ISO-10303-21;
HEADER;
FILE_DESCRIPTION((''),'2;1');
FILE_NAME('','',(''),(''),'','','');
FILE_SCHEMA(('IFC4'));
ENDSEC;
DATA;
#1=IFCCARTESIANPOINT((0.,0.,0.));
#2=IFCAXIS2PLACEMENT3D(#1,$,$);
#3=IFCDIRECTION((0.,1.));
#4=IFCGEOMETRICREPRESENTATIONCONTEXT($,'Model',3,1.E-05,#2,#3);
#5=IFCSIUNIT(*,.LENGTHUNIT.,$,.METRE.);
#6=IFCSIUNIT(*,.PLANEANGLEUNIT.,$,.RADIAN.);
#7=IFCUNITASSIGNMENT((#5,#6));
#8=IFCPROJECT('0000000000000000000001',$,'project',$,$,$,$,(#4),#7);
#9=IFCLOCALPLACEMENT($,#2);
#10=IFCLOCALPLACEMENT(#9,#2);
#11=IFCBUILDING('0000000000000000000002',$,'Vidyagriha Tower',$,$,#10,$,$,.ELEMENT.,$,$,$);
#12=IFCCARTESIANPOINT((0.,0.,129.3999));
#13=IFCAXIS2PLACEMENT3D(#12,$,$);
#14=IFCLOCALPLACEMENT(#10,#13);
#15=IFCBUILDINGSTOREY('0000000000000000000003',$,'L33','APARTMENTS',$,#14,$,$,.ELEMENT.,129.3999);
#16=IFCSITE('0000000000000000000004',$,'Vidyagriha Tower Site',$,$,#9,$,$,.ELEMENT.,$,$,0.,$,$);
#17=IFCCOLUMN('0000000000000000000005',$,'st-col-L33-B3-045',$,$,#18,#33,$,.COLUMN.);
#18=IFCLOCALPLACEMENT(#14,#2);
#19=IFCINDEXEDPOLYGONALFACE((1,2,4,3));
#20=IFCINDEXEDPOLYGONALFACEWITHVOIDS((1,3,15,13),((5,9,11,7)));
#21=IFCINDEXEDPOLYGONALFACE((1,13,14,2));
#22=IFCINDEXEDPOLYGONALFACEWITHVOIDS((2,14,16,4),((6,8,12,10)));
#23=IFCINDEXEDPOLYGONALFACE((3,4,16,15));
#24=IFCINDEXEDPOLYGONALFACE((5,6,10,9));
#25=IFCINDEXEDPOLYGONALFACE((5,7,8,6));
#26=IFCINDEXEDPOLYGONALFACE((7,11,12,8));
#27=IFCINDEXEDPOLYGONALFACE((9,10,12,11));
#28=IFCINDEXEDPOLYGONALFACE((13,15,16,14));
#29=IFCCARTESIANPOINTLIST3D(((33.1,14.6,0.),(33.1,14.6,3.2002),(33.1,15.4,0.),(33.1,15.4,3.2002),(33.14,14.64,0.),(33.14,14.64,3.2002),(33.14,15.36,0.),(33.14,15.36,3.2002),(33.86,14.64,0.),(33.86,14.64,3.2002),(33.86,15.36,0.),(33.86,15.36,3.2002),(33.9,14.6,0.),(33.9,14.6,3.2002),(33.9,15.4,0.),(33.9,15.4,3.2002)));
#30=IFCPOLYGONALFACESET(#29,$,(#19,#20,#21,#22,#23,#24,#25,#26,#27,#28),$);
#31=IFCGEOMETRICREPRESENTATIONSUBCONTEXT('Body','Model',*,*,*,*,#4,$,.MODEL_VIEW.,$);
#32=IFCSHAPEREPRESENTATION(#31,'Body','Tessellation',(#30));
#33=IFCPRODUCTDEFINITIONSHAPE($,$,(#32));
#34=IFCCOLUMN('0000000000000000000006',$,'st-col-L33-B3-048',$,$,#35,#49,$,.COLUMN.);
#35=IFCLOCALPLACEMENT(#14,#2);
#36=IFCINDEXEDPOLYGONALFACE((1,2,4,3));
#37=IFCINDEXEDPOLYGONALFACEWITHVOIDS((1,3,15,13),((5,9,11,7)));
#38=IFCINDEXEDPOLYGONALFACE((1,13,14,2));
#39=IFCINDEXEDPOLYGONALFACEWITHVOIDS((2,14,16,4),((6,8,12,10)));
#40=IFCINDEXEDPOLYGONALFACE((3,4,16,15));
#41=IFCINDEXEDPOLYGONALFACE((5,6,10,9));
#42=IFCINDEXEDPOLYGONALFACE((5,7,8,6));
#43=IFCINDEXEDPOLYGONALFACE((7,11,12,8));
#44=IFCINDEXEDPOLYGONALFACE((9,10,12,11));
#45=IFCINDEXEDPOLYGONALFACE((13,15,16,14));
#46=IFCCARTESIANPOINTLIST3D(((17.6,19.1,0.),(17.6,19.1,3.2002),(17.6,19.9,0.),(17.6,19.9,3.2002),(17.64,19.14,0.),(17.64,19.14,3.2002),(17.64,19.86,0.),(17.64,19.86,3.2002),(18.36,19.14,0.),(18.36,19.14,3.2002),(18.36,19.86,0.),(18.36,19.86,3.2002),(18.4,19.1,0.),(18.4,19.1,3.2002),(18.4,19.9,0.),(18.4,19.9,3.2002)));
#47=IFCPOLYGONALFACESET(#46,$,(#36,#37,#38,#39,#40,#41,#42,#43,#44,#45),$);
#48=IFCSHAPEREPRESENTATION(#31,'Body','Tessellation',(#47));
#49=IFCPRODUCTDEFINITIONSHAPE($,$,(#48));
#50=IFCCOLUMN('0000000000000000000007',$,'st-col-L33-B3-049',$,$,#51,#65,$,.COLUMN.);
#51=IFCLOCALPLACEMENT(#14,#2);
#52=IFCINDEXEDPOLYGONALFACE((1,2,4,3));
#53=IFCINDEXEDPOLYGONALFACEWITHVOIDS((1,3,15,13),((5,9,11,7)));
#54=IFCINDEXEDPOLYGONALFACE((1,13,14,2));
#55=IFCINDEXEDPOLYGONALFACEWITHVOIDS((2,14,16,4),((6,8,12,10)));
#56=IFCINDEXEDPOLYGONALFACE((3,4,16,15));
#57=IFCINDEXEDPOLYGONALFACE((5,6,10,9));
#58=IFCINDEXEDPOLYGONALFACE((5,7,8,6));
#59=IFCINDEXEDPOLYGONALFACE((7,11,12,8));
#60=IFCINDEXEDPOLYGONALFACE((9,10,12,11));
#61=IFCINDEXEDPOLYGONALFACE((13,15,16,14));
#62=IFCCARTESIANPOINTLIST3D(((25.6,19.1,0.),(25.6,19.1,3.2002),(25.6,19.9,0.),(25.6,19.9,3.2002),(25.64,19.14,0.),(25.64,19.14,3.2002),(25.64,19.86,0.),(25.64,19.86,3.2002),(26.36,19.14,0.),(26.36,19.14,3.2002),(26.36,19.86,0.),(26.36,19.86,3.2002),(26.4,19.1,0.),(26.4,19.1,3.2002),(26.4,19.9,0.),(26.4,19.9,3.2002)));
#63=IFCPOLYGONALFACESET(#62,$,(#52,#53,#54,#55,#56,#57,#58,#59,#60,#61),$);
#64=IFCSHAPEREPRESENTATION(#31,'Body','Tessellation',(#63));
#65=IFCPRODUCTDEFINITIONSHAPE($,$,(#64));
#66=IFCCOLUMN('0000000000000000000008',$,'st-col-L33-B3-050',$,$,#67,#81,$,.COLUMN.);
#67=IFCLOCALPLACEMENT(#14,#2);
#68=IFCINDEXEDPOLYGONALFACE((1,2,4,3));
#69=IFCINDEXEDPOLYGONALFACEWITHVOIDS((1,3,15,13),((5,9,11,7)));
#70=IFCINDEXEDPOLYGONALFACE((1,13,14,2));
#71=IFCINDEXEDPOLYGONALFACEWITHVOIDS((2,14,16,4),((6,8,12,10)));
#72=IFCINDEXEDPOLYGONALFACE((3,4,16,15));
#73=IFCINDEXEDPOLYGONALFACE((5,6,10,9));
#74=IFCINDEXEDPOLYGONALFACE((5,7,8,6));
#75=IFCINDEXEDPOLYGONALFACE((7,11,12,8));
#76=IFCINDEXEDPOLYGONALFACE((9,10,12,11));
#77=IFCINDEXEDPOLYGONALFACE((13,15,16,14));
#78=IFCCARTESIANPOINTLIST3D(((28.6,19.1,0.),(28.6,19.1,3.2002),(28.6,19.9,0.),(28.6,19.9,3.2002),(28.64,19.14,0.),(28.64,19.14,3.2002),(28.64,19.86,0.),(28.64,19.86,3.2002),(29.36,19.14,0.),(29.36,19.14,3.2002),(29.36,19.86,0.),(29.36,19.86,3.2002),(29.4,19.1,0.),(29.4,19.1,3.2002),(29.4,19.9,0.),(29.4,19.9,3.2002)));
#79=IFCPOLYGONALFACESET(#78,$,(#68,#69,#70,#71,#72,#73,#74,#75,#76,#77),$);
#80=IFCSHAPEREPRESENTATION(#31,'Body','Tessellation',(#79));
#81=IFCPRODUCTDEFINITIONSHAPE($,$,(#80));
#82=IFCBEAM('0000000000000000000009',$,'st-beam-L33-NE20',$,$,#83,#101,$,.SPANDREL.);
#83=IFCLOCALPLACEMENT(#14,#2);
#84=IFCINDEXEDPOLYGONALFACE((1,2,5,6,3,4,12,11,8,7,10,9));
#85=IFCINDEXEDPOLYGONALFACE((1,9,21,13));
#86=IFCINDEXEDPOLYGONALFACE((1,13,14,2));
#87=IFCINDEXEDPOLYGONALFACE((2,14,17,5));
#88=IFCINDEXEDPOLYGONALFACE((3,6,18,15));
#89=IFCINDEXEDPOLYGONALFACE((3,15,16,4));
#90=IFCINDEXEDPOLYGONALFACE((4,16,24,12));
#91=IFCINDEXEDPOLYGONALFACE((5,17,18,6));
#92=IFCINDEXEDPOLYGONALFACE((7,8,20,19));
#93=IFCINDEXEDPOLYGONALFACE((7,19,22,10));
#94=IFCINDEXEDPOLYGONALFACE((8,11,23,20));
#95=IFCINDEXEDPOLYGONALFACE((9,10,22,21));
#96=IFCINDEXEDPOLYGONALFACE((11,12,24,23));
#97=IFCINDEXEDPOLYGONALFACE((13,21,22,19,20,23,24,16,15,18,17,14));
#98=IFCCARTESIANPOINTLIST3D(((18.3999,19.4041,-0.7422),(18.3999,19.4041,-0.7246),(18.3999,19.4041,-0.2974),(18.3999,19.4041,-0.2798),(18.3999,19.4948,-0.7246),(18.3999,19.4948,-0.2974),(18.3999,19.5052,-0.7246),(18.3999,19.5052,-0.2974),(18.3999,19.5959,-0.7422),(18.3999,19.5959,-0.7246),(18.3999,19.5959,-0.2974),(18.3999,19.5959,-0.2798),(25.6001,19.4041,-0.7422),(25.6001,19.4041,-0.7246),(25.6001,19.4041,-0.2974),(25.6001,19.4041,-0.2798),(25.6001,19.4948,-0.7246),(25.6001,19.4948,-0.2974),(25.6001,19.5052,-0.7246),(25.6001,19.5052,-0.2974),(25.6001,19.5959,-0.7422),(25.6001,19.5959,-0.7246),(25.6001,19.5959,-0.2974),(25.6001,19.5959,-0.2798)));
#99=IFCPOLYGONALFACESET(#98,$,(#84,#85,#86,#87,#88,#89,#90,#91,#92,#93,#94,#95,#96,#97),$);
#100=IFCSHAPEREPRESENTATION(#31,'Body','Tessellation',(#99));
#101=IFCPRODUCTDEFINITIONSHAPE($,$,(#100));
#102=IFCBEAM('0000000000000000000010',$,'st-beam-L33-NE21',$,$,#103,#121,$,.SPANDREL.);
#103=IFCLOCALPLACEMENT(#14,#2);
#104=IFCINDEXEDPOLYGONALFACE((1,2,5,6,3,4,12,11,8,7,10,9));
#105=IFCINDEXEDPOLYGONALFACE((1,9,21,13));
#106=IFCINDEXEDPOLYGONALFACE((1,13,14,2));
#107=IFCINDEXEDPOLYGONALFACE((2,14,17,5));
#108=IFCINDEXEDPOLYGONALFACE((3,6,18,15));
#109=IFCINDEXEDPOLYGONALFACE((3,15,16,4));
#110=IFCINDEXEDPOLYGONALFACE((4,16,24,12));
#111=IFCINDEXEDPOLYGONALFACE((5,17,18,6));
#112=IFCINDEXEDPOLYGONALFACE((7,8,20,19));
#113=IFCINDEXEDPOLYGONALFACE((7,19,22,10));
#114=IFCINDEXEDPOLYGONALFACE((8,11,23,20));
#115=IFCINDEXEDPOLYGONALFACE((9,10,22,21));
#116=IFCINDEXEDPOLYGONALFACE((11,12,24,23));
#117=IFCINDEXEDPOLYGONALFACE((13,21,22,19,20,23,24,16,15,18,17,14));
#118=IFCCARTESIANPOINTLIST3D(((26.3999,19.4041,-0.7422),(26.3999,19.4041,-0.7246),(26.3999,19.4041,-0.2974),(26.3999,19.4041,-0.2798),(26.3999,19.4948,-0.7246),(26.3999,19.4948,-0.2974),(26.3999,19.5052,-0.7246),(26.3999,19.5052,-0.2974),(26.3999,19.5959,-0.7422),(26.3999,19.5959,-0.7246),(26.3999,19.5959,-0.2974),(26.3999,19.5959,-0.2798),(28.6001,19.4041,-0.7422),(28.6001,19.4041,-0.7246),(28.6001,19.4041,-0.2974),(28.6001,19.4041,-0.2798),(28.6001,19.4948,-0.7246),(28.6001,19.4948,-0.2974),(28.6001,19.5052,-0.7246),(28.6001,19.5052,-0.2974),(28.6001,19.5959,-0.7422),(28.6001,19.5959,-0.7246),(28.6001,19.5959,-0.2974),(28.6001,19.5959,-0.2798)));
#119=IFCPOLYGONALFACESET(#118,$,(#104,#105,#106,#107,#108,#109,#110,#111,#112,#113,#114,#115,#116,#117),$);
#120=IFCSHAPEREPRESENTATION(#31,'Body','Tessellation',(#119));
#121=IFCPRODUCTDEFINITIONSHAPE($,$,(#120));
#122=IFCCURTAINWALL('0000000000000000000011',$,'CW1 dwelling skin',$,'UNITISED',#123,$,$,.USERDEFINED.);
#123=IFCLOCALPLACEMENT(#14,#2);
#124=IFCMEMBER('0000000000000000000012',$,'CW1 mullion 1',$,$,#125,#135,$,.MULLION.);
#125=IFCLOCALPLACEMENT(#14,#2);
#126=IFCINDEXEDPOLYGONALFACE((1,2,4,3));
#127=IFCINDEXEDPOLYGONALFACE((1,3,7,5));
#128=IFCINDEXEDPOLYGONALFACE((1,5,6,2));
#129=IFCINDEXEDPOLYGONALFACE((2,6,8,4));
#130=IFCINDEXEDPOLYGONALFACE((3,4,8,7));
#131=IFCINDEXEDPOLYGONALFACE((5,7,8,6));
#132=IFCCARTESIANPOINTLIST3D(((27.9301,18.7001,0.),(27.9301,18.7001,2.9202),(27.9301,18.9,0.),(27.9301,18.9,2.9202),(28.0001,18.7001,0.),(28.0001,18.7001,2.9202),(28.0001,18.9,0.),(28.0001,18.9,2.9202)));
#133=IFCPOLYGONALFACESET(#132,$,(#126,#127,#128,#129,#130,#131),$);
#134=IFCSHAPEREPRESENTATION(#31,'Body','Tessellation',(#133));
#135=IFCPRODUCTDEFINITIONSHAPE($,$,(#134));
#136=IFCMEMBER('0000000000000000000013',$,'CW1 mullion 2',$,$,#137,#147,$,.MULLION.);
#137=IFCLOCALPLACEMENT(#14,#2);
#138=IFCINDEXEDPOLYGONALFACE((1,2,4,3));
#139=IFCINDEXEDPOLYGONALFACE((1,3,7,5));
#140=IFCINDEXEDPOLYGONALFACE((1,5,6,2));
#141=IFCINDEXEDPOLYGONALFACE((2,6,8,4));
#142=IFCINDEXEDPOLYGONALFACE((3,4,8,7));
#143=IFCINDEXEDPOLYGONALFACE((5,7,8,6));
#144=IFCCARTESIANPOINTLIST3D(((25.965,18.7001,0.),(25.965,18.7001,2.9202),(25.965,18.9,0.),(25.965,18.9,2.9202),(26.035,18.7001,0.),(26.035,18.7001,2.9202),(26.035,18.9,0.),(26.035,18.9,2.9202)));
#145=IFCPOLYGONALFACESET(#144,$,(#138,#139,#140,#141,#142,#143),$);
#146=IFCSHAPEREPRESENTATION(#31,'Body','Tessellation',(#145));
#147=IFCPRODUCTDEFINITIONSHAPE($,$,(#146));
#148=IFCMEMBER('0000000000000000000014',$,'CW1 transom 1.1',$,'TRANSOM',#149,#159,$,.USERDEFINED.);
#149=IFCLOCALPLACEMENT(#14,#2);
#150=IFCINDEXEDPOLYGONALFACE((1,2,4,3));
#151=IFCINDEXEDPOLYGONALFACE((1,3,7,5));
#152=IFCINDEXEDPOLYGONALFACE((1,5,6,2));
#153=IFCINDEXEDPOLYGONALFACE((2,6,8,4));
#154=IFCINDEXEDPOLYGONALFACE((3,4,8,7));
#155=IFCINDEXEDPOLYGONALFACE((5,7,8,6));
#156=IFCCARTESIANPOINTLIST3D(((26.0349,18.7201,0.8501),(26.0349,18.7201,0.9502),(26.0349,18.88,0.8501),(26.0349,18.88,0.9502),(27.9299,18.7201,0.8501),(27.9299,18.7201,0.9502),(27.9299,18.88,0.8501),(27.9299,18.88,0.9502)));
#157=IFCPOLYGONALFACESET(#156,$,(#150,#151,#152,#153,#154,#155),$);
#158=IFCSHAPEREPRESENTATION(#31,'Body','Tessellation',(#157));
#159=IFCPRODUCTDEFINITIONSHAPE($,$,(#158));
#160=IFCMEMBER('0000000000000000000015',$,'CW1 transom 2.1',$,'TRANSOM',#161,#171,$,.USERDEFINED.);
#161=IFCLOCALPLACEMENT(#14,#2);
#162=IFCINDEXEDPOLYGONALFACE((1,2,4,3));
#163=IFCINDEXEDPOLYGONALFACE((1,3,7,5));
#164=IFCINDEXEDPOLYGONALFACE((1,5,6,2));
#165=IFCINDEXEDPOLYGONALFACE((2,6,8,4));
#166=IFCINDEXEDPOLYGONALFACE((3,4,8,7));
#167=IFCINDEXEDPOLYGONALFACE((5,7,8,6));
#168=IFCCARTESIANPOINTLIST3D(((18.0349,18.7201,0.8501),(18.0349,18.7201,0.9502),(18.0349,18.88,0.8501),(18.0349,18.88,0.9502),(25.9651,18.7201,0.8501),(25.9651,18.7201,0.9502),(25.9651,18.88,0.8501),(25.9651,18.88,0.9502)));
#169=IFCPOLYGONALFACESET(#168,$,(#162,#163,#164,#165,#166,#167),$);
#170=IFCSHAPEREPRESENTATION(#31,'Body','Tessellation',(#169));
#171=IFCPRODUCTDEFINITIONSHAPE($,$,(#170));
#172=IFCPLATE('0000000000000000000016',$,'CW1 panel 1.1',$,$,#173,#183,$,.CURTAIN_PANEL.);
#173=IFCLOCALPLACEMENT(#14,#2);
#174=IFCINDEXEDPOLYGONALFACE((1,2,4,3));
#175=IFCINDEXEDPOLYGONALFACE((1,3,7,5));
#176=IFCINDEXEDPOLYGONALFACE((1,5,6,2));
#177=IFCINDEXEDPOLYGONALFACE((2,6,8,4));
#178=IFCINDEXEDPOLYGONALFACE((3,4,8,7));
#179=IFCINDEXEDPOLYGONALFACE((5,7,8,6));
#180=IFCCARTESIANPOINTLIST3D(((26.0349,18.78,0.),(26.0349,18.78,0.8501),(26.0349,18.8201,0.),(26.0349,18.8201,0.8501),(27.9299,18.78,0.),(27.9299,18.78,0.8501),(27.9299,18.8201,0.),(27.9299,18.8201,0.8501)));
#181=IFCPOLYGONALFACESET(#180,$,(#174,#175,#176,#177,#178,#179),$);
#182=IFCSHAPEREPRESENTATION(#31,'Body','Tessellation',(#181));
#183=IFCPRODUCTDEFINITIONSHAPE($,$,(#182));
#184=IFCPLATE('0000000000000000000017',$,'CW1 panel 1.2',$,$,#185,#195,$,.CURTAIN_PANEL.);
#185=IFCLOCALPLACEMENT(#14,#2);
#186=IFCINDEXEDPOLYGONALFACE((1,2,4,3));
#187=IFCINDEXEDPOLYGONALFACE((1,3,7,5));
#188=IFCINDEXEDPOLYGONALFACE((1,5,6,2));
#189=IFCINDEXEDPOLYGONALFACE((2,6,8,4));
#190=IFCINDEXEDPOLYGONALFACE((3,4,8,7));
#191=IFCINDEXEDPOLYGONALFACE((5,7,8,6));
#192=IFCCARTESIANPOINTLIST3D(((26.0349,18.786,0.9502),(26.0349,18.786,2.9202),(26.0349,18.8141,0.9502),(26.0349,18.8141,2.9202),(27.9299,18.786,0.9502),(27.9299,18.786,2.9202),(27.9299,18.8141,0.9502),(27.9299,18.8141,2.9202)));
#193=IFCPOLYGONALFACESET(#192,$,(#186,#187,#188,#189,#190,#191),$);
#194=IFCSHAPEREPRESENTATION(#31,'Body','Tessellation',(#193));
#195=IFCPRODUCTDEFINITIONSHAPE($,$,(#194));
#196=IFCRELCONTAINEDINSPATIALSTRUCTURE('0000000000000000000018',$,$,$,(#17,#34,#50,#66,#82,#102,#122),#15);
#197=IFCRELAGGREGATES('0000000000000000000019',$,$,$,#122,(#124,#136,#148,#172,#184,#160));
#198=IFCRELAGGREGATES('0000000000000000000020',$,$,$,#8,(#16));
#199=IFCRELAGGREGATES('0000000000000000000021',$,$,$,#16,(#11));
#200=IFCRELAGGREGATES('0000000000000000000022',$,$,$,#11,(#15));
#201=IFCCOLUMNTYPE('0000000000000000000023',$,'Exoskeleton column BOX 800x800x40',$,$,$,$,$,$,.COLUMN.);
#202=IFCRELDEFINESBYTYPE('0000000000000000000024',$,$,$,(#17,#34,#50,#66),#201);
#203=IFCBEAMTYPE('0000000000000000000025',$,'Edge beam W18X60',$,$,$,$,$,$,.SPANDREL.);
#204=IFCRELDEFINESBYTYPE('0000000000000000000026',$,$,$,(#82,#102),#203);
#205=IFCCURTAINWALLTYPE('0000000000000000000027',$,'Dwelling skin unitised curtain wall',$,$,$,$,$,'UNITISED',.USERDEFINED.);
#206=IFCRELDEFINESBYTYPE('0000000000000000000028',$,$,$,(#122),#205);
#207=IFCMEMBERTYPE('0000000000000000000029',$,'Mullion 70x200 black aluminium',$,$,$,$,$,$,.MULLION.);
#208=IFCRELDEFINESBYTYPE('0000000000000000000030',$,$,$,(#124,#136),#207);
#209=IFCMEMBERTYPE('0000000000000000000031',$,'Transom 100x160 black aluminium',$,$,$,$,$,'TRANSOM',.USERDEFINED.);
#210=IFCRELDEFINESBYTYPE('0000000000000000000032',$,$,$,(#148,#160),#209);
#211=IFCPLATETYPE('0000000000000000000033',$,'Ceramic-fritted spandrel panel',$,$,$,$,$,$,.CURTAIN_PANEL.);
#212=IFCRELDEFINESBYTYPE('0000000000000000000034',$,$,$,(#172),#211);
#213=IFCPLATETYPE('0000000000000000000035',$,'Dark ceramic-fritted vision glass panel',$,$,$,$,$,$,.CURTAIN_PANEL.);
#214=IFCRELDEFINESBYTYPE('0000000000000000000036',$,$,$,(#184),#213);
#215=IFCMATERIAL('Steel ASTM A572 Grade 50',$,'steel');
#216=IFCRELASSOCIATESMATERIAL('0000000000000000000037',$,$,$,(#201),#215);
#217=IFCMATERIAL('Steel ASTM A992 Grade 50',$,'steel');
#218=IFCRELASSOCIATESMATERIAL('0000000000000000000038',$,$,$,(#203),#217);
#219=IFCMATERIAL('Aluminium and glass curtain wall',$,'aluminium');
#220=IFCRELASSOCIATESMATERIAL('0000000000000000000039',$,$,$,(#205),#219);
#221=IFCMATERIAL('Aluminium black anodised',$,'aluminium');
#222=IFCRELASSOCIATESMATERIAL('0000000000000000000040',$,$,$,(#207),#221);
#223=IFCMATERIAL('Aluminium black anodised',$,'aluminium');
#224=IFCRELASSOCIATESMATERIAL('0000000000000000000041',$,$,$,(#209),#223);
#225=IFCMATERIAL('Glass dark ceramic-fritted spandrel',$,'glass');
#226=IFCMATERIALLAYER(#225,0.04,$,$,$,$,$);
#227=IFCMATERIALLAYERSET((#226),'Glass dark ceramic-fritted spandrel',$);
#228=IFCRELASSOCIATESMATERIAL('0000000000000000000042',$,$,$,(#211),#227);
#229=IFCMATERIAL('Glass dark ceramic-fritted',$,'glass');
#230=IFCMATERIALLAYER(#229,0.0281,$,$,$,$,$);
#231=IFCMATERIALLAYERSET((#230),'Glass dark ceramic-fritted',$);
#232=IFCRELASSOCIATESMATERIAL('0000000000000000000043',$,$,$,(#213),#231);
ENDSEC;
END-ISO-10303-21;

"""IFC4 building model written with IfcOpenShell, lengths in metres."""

from ifc_helpers import new_model, si_unit, direction, frame, origin, origin_2d, place, context, subcontext, project, spatial, rectangle, hollow_rectangle, i_section, extrude, material, layer, layer_set, material_profile, profile_set, type_object, element, aggregate, save


model = new_model("IFC4")

# Units and contexts
model_context = context("Model", 3, precision=1e-05, world=origin(), true_north=direction((0.0, 1.0)))
body_context = subcontext(model_context, "Body", "Model", "MODEL_VIEW")
ifc_project = project(units=[si_unit("LENGTHUNIT", "METRE"), si_unit("PLANEANGLEUNIT", "RADIAN")], contexts=[model_context])

# Site, building, storey
site_placement = place(None, origin())
site = spatial("IfcSite", under=ifc_project, at=site_placement, Name="Vidyagriha Tower Site", CompositionType="ELEMENT", RefElevation=0.0)
building_placement = place(site_placement, origin())
building = spatial("IfcBuilding", under=site, at=building_placement, Name="Vidyagriha Tower", CompositionType="ELEMENT")
storey_placement = place(building_placement, frame((0.0, 0.0, 129.3999)))
storey = spatial("IfcBuildingStorey", under=building, at=storey_placement, Name="L33", Description="APARTMENTS", CompositionType="ELEMENT", Elevation=129.3999)

# Columns
ifc_material_1 = material(Name="Steel ASTM A572 Grade 50", Category="steel")
ifc_material_profile_1 = material_profile(ifc_material_1, hollow_rectangle(XDim=0.8, YDim=0.8, WallThickness=0.04, at=origin_2d()), Name="BOX 800x800x40")
ifc_profile_set_1 = profile_set([ifc_material_profile_1], Name="Steel ASTM A572 Grade 50")
column_type = type_object("IfcColumnType", Name="Exoskeleton column BOX 800x800x40", PredefinedType="COLUMN", material=ifc_profile_set_1)
for number, where, name in (
    (1, (33.5, 15.0, 0.0), "st-col-L33-B3-045"),
    (2, (18.0, 19.5, 0.0), "st-col-L33-B3-048"),
    (3, (26.0, 19.5, 0.0), "st-col-L33-B3-049"),
    (4, (29.0, 19.5, 0.0), "st-col-L33-B3-050"),
):
    element("IfcColumn", number, at=place(storey_placement, frame(where)), inside=storey, type_object=column_type, Name=name, PredefinedType="COLUMN", context=body_context, shape_type="SweptSolid", body=[
        extrude(hollow_rectangle(XDim=0.8, YDim=0.8, WallThickness=0.04, at=origin_2d()), origin(), (0.0, 0.0, 1.0), 3.2002),
    ])

# Beams
ifc_material_2 = material(Name="Steel ASTM A992 Grade 50", Category="steel")
ifc_material_profile_2 = material_profile(ifc_material_2, i_section(OverallWidth=0.1919, OverallDepth=0.4624, WebThickness=0.0105, FlangeThickness=0.0176, at=origin_2d()), Name="W18X60")
ifc_profile_set_2 = profile_set([ifc_material_profile_2], Name="Steel ASTM A992 Grade 50")
beam_type = type_object("IfcBeamType", Name="Edge beam W18X60", PredefinedType="SPANDREL", material=ifc_profile_set_2)
beam_1_placement = place(storey_placement, frame((18.3999, 19.5, -0.511), z_axis=(1.0, 0.0, 0.0), x_axis=(0.0, 1.0, 0.0)))
element("IfcBeam", 5, at=beam_1_placement, inside=storey, type_object=beam_type, Name="st-beam-L33-NE20", PredefinedType="SPANDREL", context=body_context, shape_type="SweptSolid", body=[
    extrude(i_section(OverallWidth=0.1919, OverallDepth=0.4624, WebThickness=0.0105, FlangeThickness=0.0176, at=origin_2d()), origin(), (0.0, 0.0, 1.0), 7.2002),
])
beam_2_placement = place(storey_placement, frame((26.3999, 19.5, -0.511), z_axis=(1.0, 0.0, 0.0), x_axis=(0.0, 1.0, 0.0)))
element("IfcBeam", 6, at=beam_2_placement, inside=storey, type_object=beam_type, Name="st-beam-L33-NE21", PredefinedType="SPANDREL", context=body_context, shape_type="SweptSolid", body=[
    extrude(i_section(OverallWidth=0.1919, OverallDepth=0.4624, WebThickness=0.0105, FlangeThickness=0.0176, at=origin_2d()), origin(), (0.0, 0.0, 1.0), 2.2002),
])

# Curtain wall, members, plates
ifc_material_3 = material(Name="Aluminium and glass curtain wall", Category="aluminium")
curtain_wall_type = type_object("IfcCurtainWallType", Name="Dwelling skin unitised curtain wall", ElementType="UNITISED", PredefinedType="USERDEFINED", material=ifc_material_3)
curtain_wall_placement = place(storey_placement, origin())
curtain_wall = element("IfcCurtainWall", 7, at=curtain_wall_placement, inside=storey, type_object=curtain_wall_type, Name="CW1 dwelling skin", ObjectType="UNITISED", PredefinedType="USERDEFINED")
ifc_material_4 = material(Name="Aluminium black anodised", Category="aluminium")
ifc_material_profile_3 = material_profile(ifc_material_4, rectangle(XDim=0.2, YDim=0.0701, at=origin_2d()), Name="Mullion 70x200 black aluminium")
ifc_profile_set_3 = profile_set([ifc_material_profile_3], Name="Aluminium black anodised")
member_type_1 = type_object("IfcMemberType", Name="Mullion 70x200 black aluminium", PredefinedType="MULLION", material=ifc_profile_set_3)
member_1_placement = place(storey_placement, frame((27.9651, 18.8, 0.0), z_axis=(0.0, 0.0, 1.0), x_axis=(0.0, -1.0, 0.0)))
member_1 = element("IfcMember", 8, at=member_1_placement, type_object=member_type_1, Name="CW1 mullion 1", PredefinedType="MULLION", context=body_context, shape_type="SweptSolid", body=[
    extrude(rectangle(XDim=0.2, YDim=0.0701, at=origin_2d()), origin(), (0.0, 0.0, 1.0), 2.9202),
])
member_2_placement = place(storey_placement, frame((26.0, 18.8, 0.0), z_axis=(0.0, 0.0, 1.0), x_axis=(0.0, -1.0, 0.0)))
member_2 = element("IfcMember", 9, at=member_2_placement, type_object=member_type_1, Name="CW1 mullion 2", PredefinedType="MULLION", context=body_context, shape_type="SweptSolid", body=[
    extrude(rectangle(XDim=0.2, YDim=0.0701, at=origin_2d()), origin(), (0.0, 0.0, 1.0), 2.9202),
])
ifc_material_5 = material(Name="Aluminium black anodised", Category="aluminium")
ifc_material_profile_4 = material_profile(ifc_material_5, rectangle(XDim=0.1599, YDim=0.1001, at=origin_2d()), Name="Transom 100x160 black aluminium")
ifc_profile_set_4 = profile_set([ifc_material_profile_4], Name="Aluminium black anodised")
member_type_2 = type_object("IfcMemberType", Name="Transom 100x160 black aluminium", ElementType="TRANSOM", PredefinedType="USERDEFINED", material=ifc_profile_set_4)
member_3_placement = place(storey_placement, frame((27.9299, 18.8, 0.9001), z_axis=(-1.0, 0.0, 0.0), x_axis=(0.0, -1.0, 0.0)))
member_3 = element("IfcMember", 10, at=member_3_placement, type_object=member_type_2, Name="CW1 transom 1.1", ObjectType="TRANSOM", PredefinedType="USERDEFINED", context=body_context, shape_type="SweptSolid", body=[
    extrude(rectangle(XDim=0.1599, YDim=0.1001, at=origin_2d()), origin(), (0.0, 0.0, 1.0), 1.895),
])
member_4_placement = place(storey_placement, frame((25.9651, 18.8, 0.9001), z_axis=(-1.0, 0.0, 0.0), x_axis=(0.0, -1.0, 0.0)))
member_4 = element("IfcMember", 11, at=member_4_placement, type_object=member_type_2, Name="CW1 transom 2.1", ObjectType="TRANSOM", PredefinedType="USERDEFINED", context=body_context, shape_type="SweptSolid", body=[
    extrude(rectangle(XDim=0.1599, YDim=0.1001, at=origin_2d()), origin(), (0.0, 0.0, 1.0), 7.9302),
])
ifc_material_6 = material(Name="Glass dark ceramic-fritted spandrel", Category="glass")
ifc_layer_1 = layer(ifc_material_6, 0.04)
ifc_layer_set_1 = layer_set([ifc_layer_1], Name="Glass dark ceramic-fritted spandrel")
plate_type_1 = type_object("IfcPlateType", Name="Ceramic-fritted spandrel panel", PredefinedType="CURTAIN_PANEL", material=ifc_layer_set_1)
plate_1_placement = place(storey_placement, frame((26.9824, 18.8, 0.0), z_axis=(0.0, 0.0, 1.0), x_axis=(-1.0, 0.0, 0.0)))
plate_1 = element("IfcPlate", 12, at=plate_1_placement, type_object=plate_type_1, Name="CW1 panel 1.1", PredefinedType="CURTAIN_PANEL", context=body_context, shape_type="SweptSolid", body=[
    extrude(rectangle(XDim=1.895, YDim=0.04, at=origin_2d()), origin(), (0.0, 0.0, 1.0), 0.8501),
])
ifc_material_7 = material(Name="Glass dark ceramic-fritted", Category="glass")
ifc_layer_2 = layer(ifc_material_7, 0.0281)
ifc_layer_set_2 = layer_set([ifc_layer_2], Name="Glass dark ceramic-fritted")
plate_type_2 = type_object("IfcPlateType", Name="Dark ceramic-fritted vision glass panel", PredefinedType="CURTAIN_PANEL", material=ifc_layer_set_2)
plate_2_placement = place(storey_placement, frame((26.9824, 18.8, 0.9502), z_axis=(0.0, 0.0, 1.0), x_axis=(-1.0, 0.0, 0.0)))
plate_2 = element("IfcPlate", 13, at=plate_2_placement, type_object=plate_type_2, Name="CW1 panel 1.2", PredefinedType="CURTAIN_PANEL", context=body_context, shape_type="SweptSolid", body=[
    extrude(rectangle(XDim=1.895, YDim=0.0281, at=origin_2d()), origin(), (0.0, 0.0, 1.0), 1.97),
])
aggregate(curtain_wall, [member_1, member_2, member_3, plate_1, plate_2, member_4])

save(model, "model.ifc")
